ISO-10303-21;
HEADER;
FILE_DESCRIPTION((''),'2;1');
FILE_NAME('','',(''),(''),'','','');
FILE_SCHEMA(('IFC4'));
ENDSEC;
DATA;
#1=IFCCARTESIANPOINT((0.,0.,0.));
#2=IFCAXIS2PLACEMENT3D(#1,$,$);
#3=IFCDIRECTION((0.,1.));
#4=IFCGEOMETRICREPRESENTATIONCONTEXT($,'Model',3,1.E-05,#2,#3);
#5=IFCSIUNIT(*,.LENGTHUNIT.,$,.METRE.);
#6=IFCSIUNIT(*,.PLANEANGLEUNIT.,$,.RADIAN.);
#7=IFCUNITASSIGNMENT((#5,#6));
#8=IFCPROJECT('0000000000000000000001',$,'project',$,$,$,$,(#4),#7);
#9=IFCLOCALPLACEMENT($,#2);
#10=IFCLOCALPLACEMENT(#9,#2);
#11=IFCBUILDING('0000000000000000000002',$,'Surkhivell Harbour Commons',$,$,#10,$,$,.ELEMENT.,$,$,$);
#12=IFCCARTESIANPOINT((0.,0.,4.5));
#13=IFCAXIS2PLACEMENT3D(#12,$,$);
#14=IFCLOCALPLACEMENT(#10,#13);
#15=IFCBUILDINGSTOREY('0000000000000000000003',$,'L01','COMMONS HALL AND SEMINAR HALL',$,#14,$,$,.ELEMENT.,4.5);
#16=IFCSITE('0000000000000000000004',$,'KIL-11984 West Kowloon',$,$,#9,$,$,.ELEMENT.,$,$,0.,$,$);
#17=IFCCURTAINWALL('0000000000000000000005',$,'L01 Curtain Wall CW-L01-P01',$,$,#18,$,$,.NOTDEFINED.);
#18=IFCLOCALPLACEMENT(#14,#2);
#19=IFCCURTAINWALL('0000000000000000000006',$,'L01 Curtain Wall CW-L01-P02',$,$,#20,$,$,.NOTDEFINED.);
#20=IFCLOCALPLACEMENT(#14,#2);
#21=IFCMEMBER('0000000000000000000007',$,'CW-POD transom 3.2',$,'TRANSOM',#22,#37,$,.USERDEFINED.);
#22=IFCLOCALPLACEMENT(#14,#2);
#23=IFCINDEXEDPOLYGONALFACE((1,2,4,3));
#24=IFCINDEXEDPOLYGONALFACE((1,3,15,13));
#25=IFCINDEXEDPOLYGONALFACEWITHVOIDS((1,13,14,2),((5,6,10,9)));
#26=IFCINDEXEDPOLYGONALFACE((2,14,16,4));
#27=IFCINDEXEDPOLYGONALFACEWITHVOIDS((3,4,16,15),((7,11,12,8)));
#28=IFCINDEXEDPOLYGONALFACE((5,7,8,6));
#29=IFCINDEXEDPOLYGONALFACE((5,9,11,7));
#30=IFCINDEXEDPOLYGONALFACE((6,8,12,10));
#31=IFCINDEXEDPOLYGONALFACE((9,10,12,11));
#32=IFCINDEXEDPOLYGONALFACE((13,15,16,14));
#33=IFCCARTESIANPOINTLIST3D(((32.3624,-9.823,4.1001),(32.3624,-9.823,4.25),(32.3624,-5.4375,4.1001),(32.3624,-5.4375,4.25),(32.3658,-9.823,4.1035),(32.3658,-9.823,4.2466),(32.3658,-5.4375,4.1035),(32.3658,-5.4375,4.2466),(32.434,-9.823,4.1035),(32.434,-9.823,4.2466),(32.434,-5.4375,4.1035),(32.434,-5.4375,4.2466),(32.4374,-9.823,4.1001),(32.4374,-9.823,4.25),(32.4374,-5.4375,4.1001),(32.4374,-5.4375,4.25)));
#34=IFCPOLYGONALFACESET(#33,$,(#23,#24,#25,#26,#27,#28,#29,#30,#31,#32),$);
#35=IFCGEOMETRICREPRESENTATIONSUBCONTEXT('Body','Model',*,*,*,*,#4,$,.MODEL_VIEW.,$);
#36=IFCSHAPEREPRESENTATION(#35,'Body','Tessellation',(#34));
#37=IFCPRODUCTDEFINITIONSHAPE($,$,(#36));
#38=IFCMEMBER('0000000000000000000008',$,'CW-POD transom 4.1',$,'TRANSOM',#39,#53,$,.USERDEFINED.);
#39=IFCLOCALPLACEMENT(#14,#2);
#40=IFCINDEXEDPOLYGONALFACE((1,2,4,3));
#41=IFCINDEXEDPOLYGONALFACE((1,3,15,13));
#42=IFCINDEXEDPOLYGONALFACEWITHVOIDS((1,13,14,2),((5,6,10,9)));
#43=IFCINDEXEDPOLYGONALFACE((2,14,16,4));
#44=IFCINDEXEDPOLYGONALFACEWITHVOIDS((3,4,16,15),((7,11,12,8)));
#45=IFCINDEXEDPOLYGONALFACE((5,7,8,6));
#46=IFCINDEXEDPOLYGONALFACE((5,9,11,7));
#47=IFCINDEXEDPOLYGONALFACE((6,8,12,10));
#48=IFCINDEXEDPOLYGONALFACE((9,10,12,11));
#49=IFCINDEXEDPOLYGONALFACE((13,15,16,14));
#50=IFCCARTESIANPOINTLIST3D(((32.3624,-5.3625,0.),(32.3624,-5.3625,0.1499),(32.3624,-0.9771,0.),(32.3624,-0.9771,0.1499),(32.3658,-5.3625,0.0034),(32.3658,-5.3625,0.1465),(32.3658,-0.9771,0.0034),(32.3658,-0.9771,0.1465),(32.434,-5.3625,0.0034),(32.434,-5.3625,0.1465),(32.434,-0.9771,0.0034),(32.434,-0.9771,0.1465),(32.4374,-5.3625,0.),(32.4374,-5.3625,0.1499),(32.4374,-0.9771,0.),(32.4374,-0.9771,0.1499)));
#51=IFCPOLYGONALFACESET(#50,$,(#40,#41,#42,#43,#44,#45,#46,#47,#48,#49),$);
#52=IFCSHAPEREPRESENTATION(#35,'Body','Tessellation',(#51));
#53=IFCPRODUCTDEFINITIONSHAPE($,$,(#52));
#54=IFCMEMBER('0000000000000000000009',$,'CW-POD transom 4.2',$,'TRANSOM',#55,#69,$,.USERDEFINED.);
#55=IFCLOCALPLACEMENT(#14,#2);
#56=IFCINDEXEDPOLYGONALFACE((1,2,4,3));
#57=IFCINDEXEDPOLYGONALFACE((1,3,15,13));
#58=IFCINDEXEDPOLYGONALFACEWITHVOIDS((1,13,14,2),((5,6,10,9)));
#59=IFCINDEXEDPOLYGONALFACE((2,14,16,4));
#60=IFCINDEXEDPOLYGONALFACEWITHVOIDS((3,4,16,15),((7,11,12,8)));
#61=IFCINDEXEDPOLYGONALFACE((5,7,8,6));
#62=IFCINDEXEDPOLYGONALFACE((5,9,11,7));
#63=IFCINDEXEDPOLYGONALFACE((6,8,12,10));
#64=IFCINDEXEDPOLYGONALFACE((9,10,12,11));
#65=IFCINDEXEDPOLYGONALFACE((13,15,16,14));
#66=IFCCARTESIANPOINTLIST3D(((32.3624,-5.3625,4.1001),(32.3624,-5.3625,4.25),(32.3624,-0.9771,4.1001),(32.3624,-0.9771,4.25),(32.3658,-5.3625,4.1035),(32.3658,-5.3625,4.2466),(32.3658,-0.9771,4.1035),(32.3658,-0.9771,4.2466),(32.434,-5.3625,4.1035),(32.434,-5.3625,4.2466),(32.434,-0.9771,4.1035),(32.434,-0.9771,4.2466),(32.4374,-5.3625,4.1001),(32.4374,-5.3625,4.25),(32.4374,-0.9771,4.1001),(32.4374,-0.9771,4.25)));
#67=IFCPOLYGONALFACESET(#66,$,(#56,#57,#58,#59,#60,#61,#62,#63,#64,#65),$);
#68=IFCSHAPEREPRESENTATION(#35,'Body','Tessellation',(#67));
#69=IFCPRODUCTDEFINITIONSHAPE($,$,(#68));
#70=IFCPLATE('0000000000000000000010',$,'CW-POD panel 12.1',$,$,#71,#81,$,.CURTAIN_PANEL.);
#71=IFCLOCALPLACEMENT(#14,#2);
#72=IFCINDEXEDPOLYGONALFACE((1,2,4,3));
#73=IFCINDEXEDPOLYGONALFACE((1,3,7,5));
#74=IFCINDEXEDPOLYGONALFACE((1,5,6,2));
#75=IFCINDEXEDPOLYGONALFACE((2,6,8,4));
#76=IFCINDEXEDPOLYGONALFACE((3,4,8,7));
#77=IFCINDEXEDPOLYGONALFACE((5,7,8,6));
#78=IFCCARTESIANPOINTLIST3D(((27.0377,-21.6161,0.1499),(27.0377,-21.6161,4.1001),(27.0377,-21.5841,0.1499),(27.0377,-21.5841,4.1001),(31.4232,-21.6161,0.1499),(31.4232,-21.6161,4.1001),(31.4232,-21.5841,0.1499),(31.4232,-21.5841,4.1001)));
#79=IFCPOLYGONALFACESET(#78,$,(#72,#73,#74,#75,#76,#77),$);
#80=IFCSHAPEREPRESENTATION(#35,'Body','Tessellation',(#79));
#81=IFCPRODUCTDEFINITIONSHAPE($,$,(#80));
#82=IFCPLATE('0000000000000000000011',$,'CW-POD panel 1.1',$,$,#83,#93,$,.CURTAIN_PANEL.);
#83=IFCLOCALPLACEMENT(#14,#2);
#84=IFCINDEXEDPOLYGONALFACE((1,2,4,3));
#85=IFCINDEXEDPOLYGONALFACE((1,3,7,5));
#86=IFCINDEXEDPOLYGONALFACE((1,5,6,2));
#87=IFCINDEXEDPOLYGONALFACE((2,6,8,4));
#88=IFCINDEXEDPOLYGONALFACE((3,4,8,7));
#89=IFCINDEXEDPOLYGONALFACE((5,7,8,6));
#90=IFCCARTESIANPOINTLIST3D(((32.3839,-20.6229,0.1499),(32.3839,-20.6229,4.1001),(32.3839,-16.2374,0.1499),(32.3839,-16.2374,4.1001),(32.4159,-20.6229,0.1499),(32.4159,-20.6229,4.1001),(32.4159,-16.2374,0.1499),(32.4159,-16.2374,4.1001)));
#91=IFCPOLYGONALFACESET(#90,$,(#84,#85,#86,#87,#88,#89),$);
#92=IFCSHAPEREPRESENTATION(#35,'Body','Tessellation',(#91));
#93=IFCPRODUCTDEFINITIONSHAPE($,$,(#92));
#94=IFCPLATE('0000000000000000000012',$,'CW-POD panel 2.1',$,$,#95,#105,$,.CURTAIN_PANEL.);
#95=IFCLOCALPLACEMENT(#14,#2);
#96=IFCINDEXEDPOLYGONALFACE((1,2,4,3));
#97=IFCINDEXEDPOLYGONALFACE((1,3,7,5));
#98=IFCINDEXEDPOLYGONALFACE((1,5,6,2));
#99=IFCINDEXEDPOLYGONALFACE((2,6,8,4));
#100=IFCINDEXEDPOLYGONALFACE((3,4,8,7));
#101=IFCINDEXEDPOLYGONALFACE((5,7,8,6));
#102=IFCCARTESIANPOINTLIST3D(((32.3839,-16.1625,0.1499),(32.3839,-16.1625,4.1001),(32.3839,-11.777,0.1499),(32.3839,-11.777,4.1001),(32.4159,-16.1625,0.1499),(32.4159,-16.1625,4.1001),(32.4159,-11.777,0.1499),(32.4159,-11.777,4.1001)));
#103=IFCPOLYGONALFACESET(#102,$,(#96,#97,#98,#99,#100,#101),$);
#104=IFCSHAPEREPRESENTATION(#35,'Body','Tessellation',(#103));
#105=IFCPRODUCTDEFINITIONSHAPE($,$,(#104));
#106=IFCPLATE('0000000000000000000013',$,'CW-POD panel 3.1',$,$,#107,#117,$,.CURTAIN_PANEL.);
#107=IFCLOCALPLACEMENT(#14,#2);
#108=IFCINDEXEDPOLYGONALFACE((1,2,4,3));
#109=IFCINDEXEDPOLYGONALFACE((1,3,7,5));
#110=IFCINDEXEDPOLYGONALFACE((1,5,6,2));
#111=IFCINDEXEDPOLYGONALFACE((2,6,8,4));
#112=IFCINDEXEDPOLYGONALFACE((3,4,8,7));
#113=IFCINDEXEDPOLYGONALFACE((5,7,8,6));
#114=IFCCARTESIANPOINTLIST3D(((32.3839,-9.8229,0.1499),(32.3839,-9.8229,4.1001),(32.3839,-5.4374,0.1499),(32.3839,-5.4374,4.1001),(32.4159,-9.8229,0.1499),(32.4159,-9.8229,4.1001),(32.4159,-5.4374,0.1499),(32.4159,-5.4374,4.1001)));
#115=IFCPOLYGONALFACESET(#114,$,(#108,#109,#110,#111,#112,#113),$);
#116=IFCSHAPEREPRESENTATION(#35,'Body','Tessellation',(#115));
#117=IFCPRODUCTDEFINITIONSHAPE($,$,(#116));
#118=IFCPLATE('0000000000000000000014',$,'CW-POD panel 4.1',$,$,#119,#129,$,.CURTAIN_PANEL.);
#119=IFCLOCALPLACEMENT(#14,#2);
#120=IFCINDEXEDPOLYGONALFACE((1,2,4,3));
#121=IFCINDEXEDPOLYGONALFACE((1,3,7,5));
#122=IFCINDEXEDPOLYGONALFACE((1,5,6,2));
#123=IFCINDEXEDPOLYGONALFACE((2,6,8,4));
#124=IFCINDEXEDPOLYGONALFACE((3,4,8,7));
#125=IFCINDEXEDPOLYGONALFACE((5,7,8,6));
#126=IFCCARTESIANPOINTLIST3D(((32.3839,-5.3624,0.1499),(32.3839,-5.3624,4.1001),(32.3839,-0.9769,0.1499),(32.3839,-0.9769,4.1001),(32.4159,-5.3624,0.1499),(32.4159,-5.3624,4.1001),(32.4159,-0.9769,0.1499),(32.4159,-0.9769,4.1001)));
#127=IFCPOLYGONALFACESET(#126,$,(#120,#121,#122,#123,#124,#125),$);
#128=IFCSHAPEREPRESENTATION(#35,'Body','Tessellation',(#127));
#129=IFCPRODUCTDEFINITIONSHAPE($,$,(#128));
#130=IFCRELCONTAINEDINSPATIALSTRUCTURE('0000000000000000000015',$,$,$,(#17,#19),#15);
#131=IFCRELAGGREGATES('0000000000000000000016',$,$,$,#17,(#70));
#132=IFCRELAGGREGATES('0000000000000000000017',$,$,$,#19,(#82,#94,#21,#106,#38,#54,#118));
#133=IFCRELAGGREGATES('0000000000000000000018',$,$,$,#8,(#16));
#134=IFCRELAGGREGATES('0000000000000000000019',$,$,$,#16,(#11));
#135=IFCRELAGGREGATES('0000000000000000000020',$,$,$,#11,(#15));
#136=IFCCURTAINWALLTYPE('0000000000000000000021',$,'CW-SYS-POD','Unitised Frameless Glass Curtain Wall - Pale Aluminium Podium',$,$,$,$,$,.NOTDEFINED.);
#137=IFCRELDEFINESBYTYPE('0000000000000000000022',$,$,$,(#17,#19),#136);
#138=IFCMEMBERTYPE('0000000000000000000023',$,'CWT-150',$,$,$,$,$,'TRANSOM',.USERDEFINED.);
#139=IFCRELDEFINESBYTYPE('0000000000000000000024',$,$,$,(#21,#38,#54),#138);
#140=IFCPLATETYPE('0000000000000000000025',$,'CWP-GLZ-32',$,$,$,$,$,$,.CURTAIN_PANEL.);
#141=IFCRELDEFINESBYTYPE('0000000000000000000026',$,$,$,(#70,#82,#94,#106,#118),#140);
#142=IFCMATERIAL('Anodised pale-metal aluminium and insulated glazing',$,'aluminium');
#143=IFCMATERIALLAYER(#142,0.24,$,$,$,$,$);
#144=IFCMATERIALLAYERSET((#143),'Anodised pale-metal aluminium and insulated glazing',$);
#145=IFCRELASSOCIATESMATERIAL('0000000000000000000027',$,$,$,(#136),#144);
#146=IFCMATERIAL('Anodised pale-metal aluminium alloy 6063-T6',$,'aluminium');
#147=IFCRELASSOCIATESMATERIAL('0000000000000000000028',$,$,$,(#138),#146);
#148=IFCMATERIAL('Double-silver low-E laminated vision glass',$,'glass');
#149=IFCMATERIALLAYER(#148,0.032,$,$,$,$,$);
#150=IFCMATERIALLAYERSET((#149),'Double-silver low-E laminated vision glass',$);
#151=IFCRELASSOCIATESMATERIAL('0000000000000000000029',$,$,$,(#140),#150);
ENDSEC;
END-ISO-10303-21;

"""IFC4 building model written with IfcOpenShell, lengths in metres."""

from ifc_helpers import new_model, si_unit, direction, frame, frame_2d, origin, origin_2d, place, context, subcontext, project, spatial, rectangle, hollow_rectangle, extrude, material, layer, layer_set, material_profile, profile_set, type_object, element, aggregate, save


model = new_model("IFC4")

# Units and contexts
model_context = context("Model", 3, precision=1e-05, world=origin(), true_north=direction((0.0, 1.0)))
body_context = subcontext(model_context, "Body", "Model", "MODEL_VIEW")
ifc_project = project(units=[si_unit("LENGTHUNIT", "METRE"), si_unit("PLANEANGLEUNIT", "RADIAN")], contexts=[model_context])

# Site, building, storey
site_placement = place(None, origin())
site = spatial("IfcSite", under=ifc_project, at=site_placement, Name="KIL-11984 West Kowloon", CompositionType="ELEMENT", RefElevation=0.0)
building_placement = place(site_placement, origin())
building = spatial("IfcBuilding", under=site, at=building_placement, Name="Surkhivell Harbour Commons", CompositionType="ELEMENT")
storey_placement = place(building_placement, frame((0.0, 0.0, 4.5)))
storey = spatial("IfcBuildingStorey", under=building, at=storey_placement, Name="L01", Description="COMMONS HALL AND SEMINAR HALL", CompositionType="ELEMENT", Elevation=4.5)

# Curtain wall
ifc_material_1 = material(Name="Anodised pale-metal aluminium and insulated glazing", Category="aluminium")
ifc_layer_1 = layer(ifc_material_1, 0.24)
ifc_layer_set_1 = layer_set([ifc_layer_1], Name="Anodised pale-metal aluminium and insulated glazing")
curtain_wall_type = type_object("IfcCurtainWallType", Name="CW-SYS-POD", Description="Unitised Frameless Glass Curtain Wall - Pale Aluminium Podium", PredefinedType="NOTDEFINED", material=ifc_layer_set_1)
curtain_wall_1_placement = place(storey_placement, origin())
curtain_wall_1 = element("IfcCurtainWall", 1, at=curtain_wall_1_placement, inside=storey, type_object=curtain_wall_type, Name="L01 Curtain Wall CW-L01-P01", PredefinedType="NOTDEFINED")
ifc_material_2 = material(Name="Anodised pale-metal aluminium alloy 6063-T6", Category="aluminium")

# Curtain wall
curtain_wall_2_placement = place(storey_placement, origin())
curtain_wall_2 = element("IfcCurtainWall", 2, at=curtain_wall_2_placement, inside=storey, type_object=curtain_wall_type, Name="L01 Curtain Wall CW-L01-P02", PredefinedType="NOTDEFINED")

# Members
ifc_material_profile_1 = material_profile(ifc_material_2, hollow_rectangle(XDim=0.075, YDim=0.1499, WallThickness=0.0034, at=origin_2d()), Name="ALU-TRAN-75x150")
ifc_profile_set_1 = profile_set([ifc_material_profile_1], Name="Anodised pale-metal aluminium alloy 6063-T6")
member_type_1 = type_object("IfcMemberType", Name="CWT-150", ElementType="TRANSOM", PredefinedType="USERDEFINED", material=ifc_profile_set_1)
member_1_placement = place(storey_placement, frame((32.3999, -9.823, 4.175), z_axis=(0.0, 1.0, 0.0), x_axis=(-1.0, 0.0, 0.0)))
member_1 = element("IfcMember", 3, at=member_1_placement, type_object=member_type_1, Name="CW-POD transom 3.2", ObjectType="TRANSOM", PredefinedType="USERDEFINED", context=body_context, shape_type="SweptSolid", body=[
    extrude(hollow_rectangle(XDim=0.075, YDim=0.1499, WallThickness=0.0034, at=origin_2d()), origin(), (0.0, 0.0, 1.0), 4.3855),
])
member_2_placement = place(storey_placement, frame((32.3999, -5.3625, 0.075), z_axis=(0.0, 1.0, 0.0), x_axis=(-1.0, 0.0, 0.0)))
member_2 = element("IfcMember", 4, at=member_2_placement, type_object=member_type_1, Name="CW-POD transom 4.1", ObjectType="TRANSOM", PredefinedType="USERDEFINED", context=body_context, shape_type="SweptSolid", body=[
    extrude(hollow_rectangle(XDim=0.075, YDim=0.1499, WallThickness=0.0034, at=origin_2d()), origin(), (0.0, 0.0, 1.0), 4.3855),
])
member_3_placement = place(storey_placement, frame((32.3999, -5.3625, 4.175), z_axis=(0.0, 1.0, 0.0), x_axis=(-1.0, 0.0, 0.0)))
member_3 = element("IfcMember", 5, at=member_3_placement, type_object=member_type_1, Name="CW-POD transom 4.2", ObjectType="TRANSOM", PredefinedType="USERDEFINED", context=body_context, shape_type="SweptSolid", body=[
    extrude(hollow_rectangle(XDim=0.075, YDim=0.1499, WallThickness=0.0034, at=origin_2d()), origin(), (0.0, 0.0, 1.0), 4.3855),
])

# Plates
ifc_material_3 = material(Name="Double-silver low-E laminated vision glass", Category="glass")
ifc_layer_2 = layer(ifc_material_3, 0.032)
ifc_layer_set_2 = layer_set([ifc_layer_2], Name="Double-silver low-E laminated vision glass")
plate_type = type_object("IfcPlateType", Name="CWP-GLZ-32", PredefinedType="CURTAIN_PANEL", material=ifc_layer_set_2)
plate_1_placement = place(storey_placement, frame((27.0376, -21.6001, 0.1499), z_axis=(0.0, 0.0, 1.0), x_axis=(1.0, 0.0, 0.0)))
plate_1 = element("IfcPlate", 6, at=plate_1_placement, type_object=plate_type, Name="CW-POD panel 12.1", PredefinedType="CURTAIN_PANEL", context=body_context, shape_type="SweptSolid", body=[
    extrude(rectangle(XDim=4.3855, YDim=0.032, at=frame_2d((2.1929, 0.0))), origin(), (0.0, 0.0, 1.0), 3.9502),
])
aggregate(curtain_wall_1, [plate_1])
plate_2_placement = place(storey_placement, frame((32.3999, -20.623, 0.1499), z_axis=(0.0, 0.0, 1.0), x_axis=(0.0, 1.0, 0.0)))
plate_2 = element("IfcPlate", 7, at=plate_2_placement, type_object=plate_type, Name="CW-POD panel 1.1", PredefinedType="CURTAIN_PANEL", context=body_context, shape_type="SweptSolid", body=[
    extrude(rectangle(XDim=4.3855, YDim=0.032, at=frame_2d((2.1929, 0.0))), origin(), (0.0, 0.0, 1.0), 3.9502),
])
plate_3_placement = place(storey_placement, frame((32.3999, -16.1626, 0.1499), z_axis=(0.0, 0.0, 1.0), x_axis=(0.0, 1.0, 0.0)))
plate_3 = element("IfcPlate", 8, at=plate_3_placement, type_object=plate_type, Name="CW-POD panel 2.1", PredefinedType="CURTAIN_PANEL", context=body_context, shape_type="SweptSolid", body=[
    extrude(rectangle(XDim=4.3855, YDim=0.032, at=frame_2d((2.1929, 0.0))), origin(), (0.0, 0.0, 1.0), 3.9502),
])
plate_4_placement = place(storey_placement, frame((32.3999, -9.823, 0.1499), z_axis=(0.0, 0.0, 1.0), x_axis=(0.0, 1.0, 0.0)))
plate_4 = element("IfcPlate", 9, at=plate_4_placement, type_object=plate_type, Name="CW-POD panel 3.1", PredefinedType="CURTAIN_PANEL", context=body_context, shape_type="SweptSolid", body=[
    extrude(rectangle(XDim=4.3855, YDim=0.032, at=frame_2d((2.1929, 0.0))), origin(), (0.0, 0.0, 1.0), 3.9502),
])
plate_5_placement = place(storey_placement, frame((32.3999, -5.3625, 0.1499), z_axis=(0.0, 0.0, 1.0), x_axis=(0.0, 1.0, 0.0)))
plate_5 = element("IfcPlate", 10, at=plate_5_placement, type_object=plate_type, Name="CW-POD panel 4.1", PredefinedType="CURTAIN_PANEL", context=body_context, shape_type="SweptSolid", body=[
    extrude(rectangle(XDim=4.3855, YDim=0.032, at=frame_2d((2.1929, 0.0))), origin(), (0.0, 0.0, 1.0), 3.9502),
])
aggregate(curtain_wall_2, [plate_2, plate_3, member_1, plate_4, member_2, member_3, plate_5])

save(model, "model.ifc")
